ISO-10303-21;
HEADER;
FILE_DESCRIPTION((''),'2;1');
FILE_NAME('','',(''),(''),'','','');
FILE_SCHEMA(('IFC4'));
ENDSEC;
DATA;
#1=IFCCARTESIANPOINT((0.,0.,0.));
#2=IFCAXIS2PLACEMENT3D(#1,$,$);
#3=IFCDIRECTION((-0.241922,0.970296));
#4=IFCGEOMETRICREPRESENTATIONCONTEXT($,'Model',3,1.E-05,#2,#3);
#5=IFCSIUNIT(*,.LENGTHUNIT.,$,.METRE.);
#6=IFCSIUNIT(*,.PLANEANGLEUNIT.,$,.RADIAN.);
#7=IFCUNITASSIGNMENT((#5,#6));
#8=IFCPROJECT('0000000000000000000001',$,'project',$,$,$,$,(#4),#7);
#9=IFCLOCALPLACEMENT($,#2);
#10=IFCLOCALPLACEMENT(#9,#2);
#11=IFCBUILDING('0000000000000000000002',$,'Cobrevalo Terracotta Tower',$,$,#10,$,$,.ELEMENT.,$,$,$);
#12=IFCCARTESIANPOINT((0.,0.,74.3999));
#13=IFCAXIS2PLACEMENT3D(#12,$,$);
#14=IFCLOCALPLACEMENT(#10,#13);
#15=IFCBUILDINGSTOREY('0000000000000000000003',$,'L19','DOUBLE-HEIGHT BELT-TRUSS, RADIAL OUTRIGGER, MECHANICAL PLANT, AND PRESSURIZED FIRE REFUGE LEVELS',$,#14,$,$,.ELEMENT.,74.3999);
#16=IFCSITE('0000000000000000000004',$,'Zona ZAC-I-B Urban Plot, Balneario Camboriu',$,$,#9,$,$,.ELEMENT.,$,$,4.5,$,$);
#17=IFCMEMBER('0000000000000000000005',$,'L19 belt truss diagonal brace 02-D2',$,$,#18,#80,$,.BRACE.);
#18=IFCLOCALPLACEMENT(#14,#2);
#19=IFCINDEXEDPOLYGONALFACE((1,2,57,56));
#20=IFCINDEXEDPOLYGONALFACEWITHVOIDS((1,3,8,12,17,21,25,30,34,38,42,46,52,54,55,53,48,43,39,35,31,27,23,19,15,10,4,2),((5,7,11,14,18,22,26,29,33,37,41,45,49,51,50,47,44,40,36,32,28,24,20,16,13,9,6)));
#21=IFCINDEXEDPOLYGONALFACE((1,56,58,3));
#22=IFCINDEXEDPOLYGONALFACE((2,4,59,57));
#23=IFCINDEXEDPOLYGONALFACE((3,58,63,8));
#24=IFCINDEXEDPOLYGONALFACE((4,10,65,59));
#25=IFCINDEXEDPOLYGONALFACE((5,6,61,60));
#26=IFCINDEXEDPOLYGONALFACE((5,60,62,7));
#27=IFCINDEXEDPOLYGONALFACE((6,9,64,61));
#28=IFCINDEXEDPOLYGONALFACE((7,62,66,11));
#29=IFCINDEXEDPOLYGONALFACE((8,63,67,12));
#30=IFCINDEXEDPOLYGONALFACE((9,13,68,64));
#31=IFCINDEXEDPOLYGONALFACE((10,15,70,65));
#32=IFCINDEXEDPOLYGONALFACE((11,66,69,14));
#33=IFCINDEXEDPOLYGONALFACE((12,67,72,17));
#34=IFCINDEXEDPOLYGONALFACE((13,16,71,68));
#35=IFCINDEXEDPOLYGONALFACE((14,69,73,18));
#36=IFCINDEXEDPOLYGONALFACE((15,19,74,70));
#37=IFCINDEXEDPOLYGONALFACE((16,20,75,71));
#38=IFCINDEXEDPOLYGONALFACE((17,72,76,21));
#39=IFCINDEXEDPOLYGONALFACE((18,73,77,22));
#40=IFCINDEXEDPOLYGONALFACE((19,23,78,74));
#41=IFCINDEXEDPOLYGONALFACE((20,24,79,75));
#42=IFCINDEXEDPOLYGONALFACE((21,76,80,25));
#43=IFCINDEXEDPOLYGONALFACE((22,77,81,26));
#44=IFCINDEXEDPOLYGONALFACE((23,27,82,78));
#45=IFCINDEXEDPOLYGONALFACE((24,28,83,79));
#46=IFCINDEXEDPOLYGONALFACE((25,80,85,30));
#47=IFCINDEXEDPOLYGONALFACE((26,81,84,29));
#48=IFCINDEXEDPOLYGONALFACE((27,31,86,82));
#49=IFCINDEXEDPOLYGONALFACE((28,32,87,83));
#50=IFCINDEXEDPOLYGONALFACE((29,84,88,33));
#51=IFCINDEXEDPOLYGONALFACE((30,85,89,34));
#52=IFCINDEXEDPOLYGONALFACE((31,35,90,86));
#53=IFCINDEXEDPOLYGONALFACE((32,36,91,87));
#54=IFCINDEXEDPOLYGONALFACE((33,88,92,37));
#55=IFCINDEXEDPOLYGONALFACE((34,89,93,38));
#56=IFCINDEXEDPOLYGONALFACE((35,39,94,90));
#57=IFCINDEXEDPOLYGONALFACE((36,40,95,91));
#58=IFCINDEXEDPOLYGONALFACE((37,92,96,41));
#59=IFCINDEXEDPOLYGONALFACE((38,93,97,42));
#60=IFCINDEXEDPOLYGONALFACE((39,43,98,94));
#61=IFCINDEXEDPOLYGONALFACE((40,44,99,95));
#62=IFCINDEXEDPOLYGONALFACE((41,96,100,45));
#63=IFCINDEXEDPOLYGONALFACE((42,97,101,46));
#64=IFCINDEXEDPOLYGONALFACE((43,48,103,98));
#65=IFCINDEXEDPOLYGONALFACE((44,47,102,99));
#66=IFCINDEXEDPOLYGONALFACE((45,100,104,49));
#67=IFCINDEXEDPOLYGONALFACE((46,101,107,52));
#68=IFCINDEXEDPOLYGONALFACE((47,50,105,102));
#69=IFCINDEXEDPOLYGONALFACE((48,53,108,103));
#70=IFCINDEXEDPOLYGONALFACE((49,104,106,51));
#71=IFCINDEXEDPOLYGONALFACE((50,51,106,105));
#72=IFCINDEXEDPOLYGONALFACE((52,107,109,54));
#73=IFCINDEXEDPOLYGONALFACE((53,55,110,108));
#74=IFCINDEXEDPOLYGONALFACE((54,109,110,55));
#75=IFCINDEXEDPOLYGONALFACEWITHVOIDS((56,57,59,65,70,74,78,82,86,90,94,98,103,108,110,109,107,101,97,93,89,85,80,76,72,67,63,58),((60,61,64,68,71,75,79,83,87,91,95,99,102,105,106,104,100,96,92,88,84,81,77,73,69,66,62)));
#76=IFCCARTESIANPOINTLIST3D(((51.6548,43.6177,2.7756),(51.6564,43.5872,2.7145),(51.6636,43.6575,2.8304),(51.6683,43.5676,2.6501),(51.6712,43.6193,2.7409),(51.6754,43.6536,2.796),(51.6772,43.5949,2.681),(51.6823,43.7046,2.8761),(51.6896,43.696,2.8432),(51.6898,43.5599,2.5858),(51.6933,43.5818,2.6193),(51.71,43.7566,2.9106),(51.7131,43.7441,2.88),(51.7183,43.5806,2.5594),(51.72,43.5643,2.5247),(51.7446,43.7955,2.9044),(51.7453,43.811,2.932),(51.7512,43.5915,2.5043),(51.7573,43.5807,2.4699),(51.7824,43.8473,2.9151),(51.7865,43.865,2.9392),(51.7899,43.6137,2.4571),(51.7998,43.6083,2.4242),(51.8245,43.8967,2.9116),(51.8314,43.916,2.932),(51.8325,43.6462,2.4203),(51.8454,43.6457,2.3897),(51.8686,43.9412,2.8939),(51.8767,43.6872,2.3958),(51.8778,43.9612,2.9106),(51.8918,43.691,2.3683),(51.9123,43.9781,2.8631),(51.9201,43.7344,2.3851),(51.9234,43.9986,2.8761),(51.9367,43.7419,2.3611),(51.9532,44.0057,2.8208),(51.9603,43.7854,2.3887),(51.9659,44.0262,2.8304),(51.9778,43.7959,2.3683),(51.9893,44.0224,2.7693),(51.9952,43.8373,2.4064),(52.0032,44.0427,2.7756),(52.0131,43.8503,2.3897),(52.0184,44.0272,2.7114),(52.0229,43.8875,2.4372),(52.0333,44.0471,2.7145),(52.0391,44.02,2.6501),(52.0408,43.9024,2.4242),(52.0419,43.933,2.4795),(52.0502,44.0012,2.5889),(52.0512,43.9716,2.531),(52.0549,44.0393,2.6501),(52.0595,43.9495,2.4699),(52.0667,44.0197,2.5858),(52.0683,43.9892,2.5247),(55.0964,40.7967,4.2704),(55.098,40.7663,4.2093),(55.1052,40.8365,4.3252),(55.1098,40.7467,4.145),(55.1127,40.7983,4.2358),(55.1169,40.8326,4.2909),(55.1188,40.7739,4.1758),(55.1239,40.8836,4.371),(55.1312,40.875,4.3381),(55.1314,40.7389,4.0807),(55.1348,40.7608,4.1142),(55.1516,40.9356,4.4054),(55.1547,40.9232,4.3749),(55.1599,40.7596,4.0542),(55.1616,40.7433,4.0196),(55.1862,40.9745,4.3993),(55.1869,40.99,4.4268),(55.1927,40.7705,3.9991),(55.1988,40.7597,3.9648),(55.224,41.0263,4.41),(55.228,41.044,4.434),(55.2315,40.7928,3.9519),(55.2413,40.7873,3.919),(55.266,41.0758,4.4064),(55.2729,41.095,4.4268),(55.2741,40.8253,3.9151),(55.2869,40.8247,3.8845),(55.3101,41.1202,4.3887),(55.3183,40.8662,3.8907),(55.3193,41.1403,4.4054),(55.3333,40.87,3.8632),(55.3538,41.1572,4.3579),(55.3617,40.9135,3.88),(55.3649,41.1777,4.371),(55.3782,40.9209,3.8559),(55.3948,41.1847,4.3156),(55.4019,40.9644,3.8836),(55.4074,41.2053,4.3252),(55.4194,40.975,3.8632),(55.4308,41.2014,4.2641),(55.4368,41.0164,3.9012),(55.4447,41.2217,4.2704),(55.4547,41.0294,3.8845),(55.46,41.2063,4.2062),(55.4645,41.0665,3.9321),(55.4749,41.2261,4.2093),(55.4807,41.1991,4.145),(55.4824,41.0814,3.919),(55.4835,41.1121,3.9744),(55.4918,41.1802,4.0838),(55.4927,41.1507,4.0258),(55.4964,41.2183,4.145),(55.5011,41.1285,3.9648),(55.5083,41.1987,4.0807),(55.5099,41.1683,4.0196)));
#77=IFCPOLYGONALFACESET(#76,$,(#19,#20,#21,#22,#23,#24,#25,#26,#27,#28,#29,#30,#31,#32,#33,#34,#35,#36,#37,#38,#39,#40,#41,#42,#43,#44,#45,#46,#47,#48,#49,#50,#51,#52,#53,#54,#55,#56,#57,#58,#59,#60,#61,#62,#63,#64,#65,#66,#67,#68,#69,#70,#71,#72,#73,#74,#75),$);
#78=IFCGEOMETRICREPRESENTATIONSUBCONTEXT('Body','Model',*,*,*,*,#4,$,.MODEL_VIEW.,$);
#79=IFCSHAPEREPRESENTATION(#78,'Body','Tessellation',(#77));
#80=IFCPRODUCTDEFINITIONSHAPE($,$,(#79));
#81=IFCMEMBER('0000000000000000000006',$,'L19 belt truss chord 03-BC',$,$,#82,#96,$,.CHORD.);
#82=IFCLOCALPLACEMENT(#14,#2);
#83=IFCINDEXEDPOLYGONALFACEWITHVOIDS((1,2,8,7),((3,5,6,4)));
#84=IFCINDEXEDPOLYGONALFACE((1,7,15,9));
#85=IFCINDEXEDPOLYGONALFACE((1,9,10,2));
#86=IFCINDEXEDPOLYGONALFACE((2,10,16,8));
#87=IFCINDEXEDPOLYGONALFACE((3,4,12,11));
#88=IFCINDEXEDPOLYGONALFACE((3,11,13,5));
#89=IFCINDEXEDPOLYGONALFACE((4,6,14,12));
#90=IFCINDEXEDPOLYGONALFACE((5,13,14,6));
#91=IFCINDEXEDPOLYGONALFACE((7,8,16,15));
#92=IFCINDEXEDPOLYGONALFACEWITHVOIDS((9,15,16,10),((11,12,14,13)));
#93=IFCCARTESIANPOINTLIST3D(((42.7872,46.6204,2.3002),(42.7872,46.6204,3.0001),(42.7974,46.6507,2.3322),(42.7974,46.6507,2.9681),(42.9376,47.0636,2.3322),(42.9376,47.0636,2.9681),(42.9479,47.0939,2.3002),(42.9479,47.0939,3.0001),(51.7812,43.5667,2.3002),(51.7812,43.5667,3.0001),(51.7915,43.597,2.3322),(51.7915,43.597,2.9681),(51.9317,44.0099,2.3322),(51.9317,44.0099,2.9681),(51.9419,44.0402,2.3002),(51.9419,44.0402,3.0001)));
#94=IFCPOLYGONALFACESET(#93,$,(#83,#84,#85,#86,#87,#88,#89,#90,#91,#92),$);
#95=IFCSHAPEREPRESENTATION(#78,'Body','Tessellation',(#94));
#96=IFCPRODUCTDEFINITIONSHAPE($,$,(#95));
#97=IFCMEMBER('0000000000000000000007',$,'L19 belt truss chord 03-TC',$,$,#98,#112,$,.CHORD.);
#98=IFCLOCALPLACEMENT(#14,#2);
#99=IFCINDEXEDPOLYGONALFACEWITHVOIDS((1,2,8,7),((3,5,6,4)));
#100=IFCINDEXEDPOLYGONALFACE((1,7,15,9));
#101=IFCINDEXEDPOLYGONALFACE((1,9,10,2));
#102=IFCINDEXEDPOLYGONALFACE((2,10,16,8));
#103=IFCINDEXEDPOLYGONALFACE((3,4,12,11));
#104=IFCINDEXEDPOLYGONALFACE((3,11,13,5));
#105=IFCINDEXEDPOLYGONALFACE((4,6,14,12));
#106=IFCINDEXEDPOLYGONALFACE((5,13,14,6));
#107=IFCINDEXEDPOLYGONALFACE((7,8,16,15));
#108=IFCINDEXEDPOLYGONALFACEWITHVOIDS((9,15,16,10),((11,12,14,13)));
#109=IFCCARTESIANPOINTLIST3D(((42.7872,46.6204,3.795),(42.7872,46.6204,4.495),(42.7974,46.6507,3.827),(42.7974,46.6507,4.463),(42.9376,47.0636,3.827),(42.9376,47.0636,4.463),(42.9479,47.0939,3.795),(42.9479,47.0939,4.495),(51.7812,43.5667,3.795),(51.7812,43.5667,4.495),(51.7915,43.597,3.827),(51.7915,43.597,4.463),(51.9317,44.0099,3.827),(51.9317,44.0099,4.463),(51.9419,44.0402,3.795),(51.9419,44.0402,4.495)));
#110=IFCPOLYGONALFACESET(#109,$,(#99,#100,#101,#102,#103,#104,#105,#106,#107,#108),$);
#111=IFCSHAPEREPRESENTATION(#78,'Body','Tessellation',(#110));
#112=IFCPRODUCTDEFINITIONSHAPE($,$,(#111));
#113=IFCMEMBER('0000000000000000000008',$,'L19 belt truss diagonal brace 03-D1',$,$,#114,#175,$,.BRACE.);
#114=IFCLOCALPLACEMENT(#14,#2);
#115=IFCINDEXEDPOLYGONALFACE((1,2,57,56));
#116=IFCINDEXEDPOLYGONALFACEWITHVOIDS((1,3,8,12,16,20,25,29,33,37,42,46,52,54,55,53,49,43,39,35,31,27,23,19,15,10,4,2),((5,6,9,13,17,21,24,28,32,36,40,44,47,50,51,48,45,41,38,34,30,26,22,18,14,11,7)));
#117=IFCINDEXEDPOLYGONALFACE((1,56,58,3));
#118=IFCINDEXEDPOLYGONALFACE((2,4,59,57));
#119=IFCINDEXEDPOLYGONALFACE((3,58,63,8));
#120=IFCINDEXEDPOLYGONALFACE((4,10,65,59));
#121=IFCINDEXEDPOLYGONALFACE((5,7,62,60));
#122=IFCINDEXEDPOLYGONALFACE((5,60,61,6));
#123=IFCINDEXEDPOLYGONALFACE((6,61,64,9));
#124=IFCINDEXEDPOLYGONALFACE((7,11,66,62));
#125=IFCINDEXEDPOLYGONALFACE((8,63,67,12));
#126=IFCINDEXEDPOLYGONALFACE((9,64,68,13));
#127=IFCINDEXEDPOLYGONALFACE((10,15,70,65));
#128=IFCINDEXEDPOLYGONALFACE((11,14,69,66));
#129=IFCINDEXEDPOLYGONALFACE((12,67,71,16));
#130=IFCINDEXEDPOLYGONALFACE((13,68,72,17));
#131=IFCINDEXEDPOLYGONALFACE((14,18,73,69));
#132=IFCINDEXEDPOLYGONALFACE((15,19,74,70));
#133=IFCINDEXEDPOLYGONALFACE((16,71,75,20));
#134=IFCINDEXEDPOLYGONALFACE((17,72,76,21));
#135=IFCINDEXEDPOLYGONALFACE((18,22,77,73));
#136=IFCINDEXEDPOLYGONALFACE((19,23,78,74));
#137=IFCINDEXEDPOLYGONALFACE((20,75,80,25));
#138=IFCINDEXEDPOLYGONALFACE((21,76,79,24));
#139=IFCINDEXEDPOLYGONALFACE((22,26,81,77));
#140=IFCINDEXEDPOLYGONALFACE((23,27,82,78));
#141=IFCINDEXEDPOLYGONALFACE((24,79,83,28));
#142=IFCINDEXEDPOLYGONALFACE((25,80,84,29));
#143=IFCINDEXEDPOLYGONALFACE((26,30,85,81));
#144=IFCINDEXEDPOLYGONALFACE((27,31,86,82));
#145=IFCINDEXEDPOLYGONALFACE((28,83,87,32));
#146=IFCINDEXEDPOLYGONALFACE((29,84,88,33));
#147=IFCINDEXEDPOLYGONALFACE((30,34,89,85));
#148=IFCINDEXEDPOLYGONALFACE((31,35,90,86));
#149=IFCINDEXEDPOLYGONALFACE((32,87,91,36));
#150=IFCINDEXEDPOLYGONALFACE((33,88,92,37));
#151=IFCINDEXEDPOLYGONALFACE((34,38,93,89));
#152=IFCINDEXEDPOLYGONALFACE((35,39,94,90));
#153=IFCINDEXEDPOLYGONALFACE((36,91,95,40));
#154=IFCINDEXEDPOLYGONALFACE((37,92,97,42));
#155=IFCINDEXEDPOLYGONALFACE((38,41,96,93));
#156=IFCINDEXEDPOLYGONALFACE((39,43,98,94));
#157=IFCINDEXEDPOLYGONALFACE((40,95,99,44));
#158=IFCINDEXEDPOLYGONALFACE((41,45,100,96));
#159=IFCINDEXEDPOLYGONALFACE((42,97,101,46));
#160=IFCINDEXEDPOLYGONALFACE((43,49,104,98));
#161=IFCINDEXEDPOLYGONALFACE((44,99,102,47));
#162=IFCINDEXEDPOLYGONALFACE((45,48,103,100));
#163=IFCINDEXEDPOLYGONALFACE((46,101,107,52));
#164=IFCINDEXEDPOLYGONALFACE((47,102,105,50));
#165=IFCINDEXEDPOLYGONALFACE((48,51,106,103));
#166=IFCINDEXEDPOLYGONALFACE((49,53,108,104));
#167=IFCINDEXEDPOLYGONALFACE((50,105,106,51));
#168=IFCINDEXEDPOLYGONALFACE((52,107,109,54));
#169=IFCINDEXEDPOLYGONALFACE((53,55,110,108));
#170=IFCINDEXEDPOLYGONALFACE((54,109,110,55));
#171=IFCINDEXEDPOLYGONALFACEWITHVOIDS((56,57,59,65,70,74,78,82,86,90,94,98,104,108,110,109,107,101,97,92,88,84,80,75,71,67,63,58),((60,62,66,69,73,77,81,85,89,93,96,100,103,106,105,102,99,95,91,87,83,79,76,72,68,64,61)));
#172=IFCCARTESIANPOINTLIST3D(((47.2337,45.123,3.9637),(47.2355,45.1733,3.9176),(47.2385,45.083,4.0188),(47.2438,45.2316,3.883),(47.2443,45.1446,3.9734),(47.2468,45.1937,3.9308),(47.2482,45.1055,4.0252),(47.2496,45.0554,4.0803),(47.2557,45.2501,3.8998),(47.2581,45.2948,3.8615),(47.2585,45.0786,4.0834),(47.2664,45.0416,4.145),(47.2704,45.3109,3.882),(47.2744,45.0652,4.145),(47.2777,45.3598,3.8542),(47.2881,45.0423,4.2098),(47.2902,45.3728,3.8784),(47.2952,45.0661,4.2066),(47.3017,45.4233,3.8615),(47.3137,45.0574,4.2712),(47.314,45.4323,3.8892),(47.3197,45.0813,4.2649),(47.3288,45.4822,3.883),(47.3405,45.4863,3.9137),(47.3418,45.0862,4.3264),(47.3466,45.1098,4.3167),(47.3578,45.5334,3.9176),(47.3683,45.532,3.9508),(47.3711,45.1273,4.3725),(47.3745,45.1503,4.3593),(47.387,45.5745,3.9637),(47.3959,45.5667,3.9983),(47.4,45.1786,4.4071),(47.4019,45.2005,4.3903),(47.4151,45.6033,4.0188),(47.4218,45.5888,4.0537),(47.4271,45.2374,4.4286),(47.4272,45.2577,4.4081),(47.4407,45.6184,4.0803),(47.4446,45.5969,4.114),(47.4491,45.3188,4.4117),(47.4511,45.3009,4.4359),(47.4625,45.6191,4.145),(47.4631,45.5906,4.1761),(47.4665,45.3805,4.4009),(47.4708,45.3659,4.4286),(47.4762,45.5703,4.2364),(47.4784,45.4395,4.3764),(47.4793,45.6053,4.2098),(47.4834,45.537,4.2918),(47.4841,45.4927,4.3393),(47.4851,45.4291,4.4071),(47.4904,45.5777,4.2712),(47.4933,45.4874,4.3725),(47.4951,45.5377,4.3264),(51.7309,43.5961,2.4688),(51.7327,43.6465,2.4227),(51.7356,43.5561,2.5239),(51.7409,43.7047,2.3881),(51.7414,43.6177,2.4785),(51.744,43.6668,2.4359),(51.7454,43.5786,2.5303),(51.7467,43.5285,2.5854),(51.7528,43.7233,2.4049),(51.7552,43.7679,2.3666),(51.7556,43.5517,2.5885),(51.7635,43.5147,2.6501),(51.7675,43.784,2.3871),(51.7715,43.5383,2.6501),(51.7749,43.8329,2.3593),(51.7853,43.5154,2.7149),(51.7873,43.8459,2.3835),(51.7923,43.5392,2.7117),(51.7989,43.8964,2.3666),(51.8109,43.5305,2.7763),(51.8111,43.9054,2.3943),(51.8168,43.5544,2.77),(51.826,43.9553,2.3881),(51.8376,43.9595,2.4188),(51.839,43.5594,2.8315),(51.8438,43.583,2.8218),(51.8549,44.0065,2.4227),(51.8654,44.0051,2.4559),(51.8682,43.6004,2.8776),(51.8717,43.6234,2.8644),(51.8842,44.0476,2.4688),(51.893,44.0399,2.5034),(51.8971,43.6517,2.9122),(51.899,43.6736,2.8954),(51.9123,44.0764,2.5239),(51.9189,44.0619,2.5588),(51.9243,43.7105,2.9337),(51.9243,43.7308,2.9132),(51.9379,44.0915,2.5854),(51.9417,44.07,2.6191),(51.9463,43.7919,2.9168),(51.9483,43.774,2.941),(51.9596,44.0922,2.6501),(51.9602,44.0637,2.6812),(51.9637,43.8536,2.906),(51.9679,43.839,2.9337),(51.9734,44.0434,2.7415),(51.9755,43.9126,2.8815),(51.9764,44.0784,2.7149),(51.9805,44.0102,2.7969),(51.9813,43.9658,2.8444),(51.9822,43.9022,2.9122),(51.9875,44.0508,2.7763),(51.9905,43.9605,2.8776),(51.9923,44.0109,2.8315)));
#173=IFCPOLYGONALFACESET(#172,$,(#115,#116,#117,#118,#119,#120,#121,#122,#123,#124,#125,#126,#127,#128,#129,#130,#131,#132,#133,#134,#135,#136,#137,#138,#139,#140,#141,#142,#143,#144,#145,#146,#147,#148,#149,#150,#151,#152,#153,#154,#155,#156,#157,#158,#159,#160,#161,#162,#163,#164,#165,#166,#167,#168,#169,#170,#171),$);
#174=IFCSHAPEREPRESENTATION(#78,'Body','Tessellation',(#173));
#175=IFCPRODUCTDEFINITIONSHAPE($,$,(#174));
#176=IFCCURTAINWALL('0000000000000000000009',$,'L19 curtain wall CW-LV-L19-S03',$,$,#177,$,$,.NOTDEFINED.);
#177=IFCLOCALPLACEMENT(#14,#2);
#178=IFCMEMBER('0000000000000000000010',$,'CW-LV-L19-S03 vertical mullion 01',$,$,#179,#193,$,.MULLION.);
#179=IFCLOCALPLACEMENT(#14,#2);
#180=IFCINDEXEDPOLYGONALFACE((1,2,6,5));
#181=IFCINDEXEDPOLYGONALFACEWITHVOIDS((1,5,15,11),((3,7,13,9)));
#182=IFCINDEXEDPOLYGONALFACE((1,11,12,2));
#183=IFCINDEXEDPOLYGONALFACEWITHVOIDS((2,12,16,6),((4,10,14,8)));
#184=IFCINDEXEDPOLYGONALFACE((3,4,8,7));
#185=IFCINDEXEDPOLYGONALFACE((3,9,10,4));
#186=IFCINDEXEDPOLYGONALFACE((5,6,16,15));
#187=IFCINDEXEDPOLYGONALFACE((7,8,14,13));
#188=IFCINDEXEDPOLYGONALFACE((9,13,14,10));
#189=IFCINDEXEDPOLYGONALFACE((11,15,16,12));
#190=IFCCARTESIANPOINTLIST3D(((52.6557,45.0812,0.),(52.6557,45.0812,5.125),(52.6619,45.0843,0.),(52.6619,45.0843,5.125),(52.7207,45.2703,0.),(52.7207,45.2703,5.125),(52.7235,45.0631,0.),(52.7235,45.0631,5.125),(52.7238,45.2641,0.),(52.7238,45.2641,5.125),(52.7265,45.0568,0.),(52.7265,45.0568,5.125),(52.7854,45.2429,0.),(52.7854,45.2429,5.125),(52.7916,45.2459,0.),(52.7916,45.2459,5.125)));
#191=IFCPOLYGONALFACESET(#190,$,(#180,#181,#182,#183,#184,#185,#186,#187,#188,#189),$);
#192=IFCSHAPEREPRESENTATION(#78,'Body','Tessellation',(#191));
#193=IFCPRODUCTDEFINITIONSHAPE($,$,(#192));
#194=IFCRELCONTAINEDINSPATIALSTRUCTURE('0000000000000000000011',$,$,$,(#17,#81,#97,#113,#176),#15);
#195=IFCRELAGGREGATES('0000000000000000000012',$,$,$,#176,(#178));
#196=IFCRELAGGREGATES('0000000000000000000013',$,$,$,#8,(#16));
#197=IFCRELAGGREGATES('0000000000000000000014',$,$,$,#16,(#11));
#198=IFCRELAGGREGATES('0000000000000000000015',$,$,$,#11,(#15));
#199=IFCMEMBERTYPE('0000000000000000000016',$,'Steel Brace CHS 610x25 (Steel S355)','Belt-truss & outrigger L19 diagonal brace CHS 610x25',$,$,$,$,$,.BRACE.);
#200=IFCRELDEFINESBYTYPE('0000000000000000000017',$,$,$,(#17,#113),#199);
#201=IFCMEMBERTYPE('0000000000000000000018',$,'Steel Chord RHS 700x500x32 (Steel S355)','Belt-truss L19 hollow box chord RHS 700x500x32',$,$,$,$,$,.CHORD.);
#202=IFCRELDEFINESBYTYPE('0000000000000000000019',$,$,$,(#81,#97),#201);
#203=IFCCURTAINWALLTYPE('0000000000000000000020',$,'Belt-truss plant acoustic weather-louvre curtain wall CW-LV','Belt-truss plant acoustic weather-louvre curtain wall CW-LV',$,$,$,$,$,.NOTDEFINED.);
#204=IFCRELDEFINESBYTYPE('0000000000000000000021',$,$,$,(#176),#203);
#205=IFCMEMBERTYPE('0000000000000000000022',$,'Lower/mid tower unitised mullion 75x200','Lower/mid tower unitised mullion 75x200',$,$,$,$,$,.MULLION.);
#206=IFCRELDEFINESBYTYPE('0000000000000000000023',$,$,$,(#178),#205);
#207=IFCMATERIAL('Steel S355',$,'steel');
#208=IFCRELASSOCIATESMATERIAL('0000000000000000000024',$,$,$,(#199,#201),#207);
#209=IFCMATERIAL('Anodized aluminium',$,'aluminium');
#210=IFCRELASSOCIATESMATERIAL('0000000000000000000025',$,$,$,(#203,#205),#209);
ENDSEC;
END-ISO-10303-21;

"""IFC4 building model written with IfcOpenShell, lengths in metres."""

from ifc_helpers import new_model, si_unit, direction, frame, origin, origin_2d, place, context, subcontext, project, spatial, hollow_rectangle, hollow_circle, extrude, source, transform, mapped, material, material_profile, profile_set, type_object, element, aggregate, save


model = new_model("IFC4")

# Units and contexts
model_context = context("Model", 3, precision=1e-05, world=origin(), true_north=direction((-0.241922, 0.970296)))
body_context = subcontext(model_context, "Body", "Model", "MODEL_VIEW")
ifc_project = project(units=[si_unit("LENGTHUNIT", "METRE"), si_unit("PLANEANGLEUNIT", "RADIAN")], contexts=[model_context])

# Site, building, storey
site_placement = place(None, origin())
site = spatial("IfcSite", under=ifc_project, at=site_placement, Name="Zona ZAC-I-B Urban Plot, Balneario Camboriu", CompositionType="ELEMENT", RefElevation=4.5)
building_placement = place(site_placement, origin())
building = spatial("IfcBuilding", under=site, at=building_placement, Name="Cobrevalo Terracotta Tower", CompositionType="ELEMENT")
storey_placement = place(building_placement, frame((0.0, 0.0, 74.3999)))
storey = spatial("IfcBuildingStorey", under=building, at=storey_placement, Name="L19", Description="DOUBLE-HEIGHT BELT-TRUSS, RADIAL OUTRIGGER, MECHANICAL PLANT, AND PRESSURIZED FIRE REFUGE LEVELS", CompositionType="ELEMENT", Elevation=74.3999)

# Shared definitions
ifc_material_1 = material(Name="Steel S355", Category="steel")

# Members
ifc_material_profile_1 = material_profile(ifc_material_1, hollow_circle(Radius=0.3049, WallThickness=0.0249, at=origin_2d()), Name="CHS 610x25")
ifc_profile_set_1 = profile_set([ifc_material_profile_1], Name="Steel S355")
member_type_1 = type_object("IfcMemberType", Name="Steel Brace CHS 610x25 (Steel S355)", Description="Belt-truss & outrigger L19 diagonal brace CHS 610x25", PredefinedType="BRACE", material=ifc_profile_set_1)
shared_shape_1 = source(origin(), body_context, "Body", "SweptSolid", [
    extrude(hollow_circle(Radius=0.3049, WallThickness=0.0249, at=origin_2d()), origin(), (0.0, 0.0, 1.0), 4.6943),
])
member_1_placement = place(storey_placement, frame((51.8616, 43.8035, 2.6501), z_axis=(0.733131, -0.600931, 0.318434), x_axis=(0.633931, 0.77339, 0.0)))
element("IfcMember", 1, at=member_1_placement, inside=storey, type_object=member_type_1, Name="L19 belt truss diagonal brace 02-D2", PredefinedType="BRACE", context=body_context, shape_type="MappedRepresentation", body=[
    mapped(shared_shape_1, transform((0.0, 0.0, 0.0), scale=1.0)),
])
ifc_material_profile_2 = material_profile(ifc_material_1, hollow_rectangle(XDim=0.5, YDim=0.7, WallThickness=0.032, at=origin_2d()), Name="RHS 700x500x32")
ifc_profile_set_2 = profile_set([ifc_material_profile_2], Name="Steel S355")
member_type_2 = type_object("IfcMemberType", Name="Steel Chord RHS 700x500x32 (Steel S355)", Description="Belt-truss L19 hollow box chord RHS 700x500x32", PredefinedType="CHORD", material=ifc_profile_set_2)
shared_shape_2 = source(origin(), body_context, "Body", "SweptSolid", [
    extrude(hollow_rectangle(XDim=0.5, YDim=0.7, WallThickness=0.032, at=origin_2d()), origin(), (0.0, 0.0, 1.0), 9.4983),
])
for number, where, z_axis, x_axis, name in (
    (2, (51.8616, 43.8035, 2.6501), (-0.946911, 0.321497, 0.0), (-0.321497, -0.946911, 0.0), "L19 belt truss chord 03-BC"),
    (3, (51.8616, 43.8035, 4.145), (-0.946911, 0.321497, 0.0), (-0.321497, -0.946911, 0.0), "L19 belt truss chord 03-TC"),
):
    element("IfcMember", number, at=place(storey_placement, frame(where, z_axis=z_axis, x_axis=x_axis)), inside=storey, type_object=member_type_2, Name=name, PredefinedType="CHORD", context=body_context, shape_type="MappedRepresentation", body=[
        mapped(shared_shape_2, transform((0.0, 0.0, 0.0), scale=1.0)),
    ])
shared_shape_3 = source(origin(), body_context, "Body", "SweptSolid", [
    extrude(hollow_circle(Radius=0.3049, WallThickness=0.0249, at=origin_2d()), origin(), (0.0, 0.0, 1.0), 4.979),
])
member_2_placement = place(storey_placement, frame((51.8616, 43.8035, 2.6501), z_axis=(-0.903223, 0.306664, 0.300241), x_axis=(-0.321497, -0.946911, 0.0)))
element("IfcMember", 4, at=member_2_placement, inside=storey, type_object=member_type_1, Name="L19 belt truss diagonal brace 03-D1", PredefinedType="BRACE", context=body_context, shape_type="MappedRepresentation", body=[
    mapped(shared_shape_3, transform((0.0, 0.0, 0.0), scale=1.0)),
])

# Curtain wall, member
ifc_material_2 = material(Name="Anodized aluminium", Category="aluminium")
curtain_wall_type = type_object("IfcCurtainWallType", Name="Belt-truss plant acoustic weather-louvre curtain wall CW-LV", Description="Belt-truss plant acoustic weather-louvre curtain wall CW-LV", PredefinedType="NOTDEFINED", material=ifc_material_2)
curtain_wall_placement = place(storey_placement, origin())
curtain_wall = element("IfcCurtainWall", 5, at=curtain_wall_placement, inside=storey, type_object=curtain_wall_type, Name="L19 curtain wall CW-LV-L19-S03", PredefinedType="NOTDEFINED")
ifc_material_profile_3 = material_profile(ifc_material_2, hollow_rectangle(XDim=0.075, YDim=0.2, WallThickness=0.0049, at=origin_2d()), Name="CWM 75x200")
ifc_profile_set_3 = profile_set([ifc_material_profile_3], Name="Anodized aluminium")
member_type_3 = type_object("IfcMemberType", Name="Lower/mid tower unitised mullion 75x200", Description="Lower/mid tower unitised mullion 75x200", PredefinedType="MULLION", material=ifc_profile_set_3)
shared_shape_4 = source(origin(), body_context, "Body", "SweptSolid", [
    extrude(hollow_rectangle(XDim=0.075, YDim=0.2, WallThickness=0.0049, at=origin_2d()), origin(), (0.0, 0.0, 1.0), 5.125),
])
member_3_placement = place(storey_placement, frame((52.7236, 45.1636, 0.0), z_axis=(0.0, 0.0, 1.0), x_axis=(-0.945598, 0.325337, 0.0)))
member_3 = element("IfcMember", 6, at=member_3_placement, type_object=member_type_3, Name="CW-LV-L19-S03 vertical mullion 01", PredefinedType="MULLION", context=body_context, shape_type="MappedRepresentation", body=[
    mapped(shared_shape_4, transform((0.0, 0.0, 0.0), scale=1.0)),
])
aggregate(curtain_wall, [member_3])

save(model, "model.ifc")
